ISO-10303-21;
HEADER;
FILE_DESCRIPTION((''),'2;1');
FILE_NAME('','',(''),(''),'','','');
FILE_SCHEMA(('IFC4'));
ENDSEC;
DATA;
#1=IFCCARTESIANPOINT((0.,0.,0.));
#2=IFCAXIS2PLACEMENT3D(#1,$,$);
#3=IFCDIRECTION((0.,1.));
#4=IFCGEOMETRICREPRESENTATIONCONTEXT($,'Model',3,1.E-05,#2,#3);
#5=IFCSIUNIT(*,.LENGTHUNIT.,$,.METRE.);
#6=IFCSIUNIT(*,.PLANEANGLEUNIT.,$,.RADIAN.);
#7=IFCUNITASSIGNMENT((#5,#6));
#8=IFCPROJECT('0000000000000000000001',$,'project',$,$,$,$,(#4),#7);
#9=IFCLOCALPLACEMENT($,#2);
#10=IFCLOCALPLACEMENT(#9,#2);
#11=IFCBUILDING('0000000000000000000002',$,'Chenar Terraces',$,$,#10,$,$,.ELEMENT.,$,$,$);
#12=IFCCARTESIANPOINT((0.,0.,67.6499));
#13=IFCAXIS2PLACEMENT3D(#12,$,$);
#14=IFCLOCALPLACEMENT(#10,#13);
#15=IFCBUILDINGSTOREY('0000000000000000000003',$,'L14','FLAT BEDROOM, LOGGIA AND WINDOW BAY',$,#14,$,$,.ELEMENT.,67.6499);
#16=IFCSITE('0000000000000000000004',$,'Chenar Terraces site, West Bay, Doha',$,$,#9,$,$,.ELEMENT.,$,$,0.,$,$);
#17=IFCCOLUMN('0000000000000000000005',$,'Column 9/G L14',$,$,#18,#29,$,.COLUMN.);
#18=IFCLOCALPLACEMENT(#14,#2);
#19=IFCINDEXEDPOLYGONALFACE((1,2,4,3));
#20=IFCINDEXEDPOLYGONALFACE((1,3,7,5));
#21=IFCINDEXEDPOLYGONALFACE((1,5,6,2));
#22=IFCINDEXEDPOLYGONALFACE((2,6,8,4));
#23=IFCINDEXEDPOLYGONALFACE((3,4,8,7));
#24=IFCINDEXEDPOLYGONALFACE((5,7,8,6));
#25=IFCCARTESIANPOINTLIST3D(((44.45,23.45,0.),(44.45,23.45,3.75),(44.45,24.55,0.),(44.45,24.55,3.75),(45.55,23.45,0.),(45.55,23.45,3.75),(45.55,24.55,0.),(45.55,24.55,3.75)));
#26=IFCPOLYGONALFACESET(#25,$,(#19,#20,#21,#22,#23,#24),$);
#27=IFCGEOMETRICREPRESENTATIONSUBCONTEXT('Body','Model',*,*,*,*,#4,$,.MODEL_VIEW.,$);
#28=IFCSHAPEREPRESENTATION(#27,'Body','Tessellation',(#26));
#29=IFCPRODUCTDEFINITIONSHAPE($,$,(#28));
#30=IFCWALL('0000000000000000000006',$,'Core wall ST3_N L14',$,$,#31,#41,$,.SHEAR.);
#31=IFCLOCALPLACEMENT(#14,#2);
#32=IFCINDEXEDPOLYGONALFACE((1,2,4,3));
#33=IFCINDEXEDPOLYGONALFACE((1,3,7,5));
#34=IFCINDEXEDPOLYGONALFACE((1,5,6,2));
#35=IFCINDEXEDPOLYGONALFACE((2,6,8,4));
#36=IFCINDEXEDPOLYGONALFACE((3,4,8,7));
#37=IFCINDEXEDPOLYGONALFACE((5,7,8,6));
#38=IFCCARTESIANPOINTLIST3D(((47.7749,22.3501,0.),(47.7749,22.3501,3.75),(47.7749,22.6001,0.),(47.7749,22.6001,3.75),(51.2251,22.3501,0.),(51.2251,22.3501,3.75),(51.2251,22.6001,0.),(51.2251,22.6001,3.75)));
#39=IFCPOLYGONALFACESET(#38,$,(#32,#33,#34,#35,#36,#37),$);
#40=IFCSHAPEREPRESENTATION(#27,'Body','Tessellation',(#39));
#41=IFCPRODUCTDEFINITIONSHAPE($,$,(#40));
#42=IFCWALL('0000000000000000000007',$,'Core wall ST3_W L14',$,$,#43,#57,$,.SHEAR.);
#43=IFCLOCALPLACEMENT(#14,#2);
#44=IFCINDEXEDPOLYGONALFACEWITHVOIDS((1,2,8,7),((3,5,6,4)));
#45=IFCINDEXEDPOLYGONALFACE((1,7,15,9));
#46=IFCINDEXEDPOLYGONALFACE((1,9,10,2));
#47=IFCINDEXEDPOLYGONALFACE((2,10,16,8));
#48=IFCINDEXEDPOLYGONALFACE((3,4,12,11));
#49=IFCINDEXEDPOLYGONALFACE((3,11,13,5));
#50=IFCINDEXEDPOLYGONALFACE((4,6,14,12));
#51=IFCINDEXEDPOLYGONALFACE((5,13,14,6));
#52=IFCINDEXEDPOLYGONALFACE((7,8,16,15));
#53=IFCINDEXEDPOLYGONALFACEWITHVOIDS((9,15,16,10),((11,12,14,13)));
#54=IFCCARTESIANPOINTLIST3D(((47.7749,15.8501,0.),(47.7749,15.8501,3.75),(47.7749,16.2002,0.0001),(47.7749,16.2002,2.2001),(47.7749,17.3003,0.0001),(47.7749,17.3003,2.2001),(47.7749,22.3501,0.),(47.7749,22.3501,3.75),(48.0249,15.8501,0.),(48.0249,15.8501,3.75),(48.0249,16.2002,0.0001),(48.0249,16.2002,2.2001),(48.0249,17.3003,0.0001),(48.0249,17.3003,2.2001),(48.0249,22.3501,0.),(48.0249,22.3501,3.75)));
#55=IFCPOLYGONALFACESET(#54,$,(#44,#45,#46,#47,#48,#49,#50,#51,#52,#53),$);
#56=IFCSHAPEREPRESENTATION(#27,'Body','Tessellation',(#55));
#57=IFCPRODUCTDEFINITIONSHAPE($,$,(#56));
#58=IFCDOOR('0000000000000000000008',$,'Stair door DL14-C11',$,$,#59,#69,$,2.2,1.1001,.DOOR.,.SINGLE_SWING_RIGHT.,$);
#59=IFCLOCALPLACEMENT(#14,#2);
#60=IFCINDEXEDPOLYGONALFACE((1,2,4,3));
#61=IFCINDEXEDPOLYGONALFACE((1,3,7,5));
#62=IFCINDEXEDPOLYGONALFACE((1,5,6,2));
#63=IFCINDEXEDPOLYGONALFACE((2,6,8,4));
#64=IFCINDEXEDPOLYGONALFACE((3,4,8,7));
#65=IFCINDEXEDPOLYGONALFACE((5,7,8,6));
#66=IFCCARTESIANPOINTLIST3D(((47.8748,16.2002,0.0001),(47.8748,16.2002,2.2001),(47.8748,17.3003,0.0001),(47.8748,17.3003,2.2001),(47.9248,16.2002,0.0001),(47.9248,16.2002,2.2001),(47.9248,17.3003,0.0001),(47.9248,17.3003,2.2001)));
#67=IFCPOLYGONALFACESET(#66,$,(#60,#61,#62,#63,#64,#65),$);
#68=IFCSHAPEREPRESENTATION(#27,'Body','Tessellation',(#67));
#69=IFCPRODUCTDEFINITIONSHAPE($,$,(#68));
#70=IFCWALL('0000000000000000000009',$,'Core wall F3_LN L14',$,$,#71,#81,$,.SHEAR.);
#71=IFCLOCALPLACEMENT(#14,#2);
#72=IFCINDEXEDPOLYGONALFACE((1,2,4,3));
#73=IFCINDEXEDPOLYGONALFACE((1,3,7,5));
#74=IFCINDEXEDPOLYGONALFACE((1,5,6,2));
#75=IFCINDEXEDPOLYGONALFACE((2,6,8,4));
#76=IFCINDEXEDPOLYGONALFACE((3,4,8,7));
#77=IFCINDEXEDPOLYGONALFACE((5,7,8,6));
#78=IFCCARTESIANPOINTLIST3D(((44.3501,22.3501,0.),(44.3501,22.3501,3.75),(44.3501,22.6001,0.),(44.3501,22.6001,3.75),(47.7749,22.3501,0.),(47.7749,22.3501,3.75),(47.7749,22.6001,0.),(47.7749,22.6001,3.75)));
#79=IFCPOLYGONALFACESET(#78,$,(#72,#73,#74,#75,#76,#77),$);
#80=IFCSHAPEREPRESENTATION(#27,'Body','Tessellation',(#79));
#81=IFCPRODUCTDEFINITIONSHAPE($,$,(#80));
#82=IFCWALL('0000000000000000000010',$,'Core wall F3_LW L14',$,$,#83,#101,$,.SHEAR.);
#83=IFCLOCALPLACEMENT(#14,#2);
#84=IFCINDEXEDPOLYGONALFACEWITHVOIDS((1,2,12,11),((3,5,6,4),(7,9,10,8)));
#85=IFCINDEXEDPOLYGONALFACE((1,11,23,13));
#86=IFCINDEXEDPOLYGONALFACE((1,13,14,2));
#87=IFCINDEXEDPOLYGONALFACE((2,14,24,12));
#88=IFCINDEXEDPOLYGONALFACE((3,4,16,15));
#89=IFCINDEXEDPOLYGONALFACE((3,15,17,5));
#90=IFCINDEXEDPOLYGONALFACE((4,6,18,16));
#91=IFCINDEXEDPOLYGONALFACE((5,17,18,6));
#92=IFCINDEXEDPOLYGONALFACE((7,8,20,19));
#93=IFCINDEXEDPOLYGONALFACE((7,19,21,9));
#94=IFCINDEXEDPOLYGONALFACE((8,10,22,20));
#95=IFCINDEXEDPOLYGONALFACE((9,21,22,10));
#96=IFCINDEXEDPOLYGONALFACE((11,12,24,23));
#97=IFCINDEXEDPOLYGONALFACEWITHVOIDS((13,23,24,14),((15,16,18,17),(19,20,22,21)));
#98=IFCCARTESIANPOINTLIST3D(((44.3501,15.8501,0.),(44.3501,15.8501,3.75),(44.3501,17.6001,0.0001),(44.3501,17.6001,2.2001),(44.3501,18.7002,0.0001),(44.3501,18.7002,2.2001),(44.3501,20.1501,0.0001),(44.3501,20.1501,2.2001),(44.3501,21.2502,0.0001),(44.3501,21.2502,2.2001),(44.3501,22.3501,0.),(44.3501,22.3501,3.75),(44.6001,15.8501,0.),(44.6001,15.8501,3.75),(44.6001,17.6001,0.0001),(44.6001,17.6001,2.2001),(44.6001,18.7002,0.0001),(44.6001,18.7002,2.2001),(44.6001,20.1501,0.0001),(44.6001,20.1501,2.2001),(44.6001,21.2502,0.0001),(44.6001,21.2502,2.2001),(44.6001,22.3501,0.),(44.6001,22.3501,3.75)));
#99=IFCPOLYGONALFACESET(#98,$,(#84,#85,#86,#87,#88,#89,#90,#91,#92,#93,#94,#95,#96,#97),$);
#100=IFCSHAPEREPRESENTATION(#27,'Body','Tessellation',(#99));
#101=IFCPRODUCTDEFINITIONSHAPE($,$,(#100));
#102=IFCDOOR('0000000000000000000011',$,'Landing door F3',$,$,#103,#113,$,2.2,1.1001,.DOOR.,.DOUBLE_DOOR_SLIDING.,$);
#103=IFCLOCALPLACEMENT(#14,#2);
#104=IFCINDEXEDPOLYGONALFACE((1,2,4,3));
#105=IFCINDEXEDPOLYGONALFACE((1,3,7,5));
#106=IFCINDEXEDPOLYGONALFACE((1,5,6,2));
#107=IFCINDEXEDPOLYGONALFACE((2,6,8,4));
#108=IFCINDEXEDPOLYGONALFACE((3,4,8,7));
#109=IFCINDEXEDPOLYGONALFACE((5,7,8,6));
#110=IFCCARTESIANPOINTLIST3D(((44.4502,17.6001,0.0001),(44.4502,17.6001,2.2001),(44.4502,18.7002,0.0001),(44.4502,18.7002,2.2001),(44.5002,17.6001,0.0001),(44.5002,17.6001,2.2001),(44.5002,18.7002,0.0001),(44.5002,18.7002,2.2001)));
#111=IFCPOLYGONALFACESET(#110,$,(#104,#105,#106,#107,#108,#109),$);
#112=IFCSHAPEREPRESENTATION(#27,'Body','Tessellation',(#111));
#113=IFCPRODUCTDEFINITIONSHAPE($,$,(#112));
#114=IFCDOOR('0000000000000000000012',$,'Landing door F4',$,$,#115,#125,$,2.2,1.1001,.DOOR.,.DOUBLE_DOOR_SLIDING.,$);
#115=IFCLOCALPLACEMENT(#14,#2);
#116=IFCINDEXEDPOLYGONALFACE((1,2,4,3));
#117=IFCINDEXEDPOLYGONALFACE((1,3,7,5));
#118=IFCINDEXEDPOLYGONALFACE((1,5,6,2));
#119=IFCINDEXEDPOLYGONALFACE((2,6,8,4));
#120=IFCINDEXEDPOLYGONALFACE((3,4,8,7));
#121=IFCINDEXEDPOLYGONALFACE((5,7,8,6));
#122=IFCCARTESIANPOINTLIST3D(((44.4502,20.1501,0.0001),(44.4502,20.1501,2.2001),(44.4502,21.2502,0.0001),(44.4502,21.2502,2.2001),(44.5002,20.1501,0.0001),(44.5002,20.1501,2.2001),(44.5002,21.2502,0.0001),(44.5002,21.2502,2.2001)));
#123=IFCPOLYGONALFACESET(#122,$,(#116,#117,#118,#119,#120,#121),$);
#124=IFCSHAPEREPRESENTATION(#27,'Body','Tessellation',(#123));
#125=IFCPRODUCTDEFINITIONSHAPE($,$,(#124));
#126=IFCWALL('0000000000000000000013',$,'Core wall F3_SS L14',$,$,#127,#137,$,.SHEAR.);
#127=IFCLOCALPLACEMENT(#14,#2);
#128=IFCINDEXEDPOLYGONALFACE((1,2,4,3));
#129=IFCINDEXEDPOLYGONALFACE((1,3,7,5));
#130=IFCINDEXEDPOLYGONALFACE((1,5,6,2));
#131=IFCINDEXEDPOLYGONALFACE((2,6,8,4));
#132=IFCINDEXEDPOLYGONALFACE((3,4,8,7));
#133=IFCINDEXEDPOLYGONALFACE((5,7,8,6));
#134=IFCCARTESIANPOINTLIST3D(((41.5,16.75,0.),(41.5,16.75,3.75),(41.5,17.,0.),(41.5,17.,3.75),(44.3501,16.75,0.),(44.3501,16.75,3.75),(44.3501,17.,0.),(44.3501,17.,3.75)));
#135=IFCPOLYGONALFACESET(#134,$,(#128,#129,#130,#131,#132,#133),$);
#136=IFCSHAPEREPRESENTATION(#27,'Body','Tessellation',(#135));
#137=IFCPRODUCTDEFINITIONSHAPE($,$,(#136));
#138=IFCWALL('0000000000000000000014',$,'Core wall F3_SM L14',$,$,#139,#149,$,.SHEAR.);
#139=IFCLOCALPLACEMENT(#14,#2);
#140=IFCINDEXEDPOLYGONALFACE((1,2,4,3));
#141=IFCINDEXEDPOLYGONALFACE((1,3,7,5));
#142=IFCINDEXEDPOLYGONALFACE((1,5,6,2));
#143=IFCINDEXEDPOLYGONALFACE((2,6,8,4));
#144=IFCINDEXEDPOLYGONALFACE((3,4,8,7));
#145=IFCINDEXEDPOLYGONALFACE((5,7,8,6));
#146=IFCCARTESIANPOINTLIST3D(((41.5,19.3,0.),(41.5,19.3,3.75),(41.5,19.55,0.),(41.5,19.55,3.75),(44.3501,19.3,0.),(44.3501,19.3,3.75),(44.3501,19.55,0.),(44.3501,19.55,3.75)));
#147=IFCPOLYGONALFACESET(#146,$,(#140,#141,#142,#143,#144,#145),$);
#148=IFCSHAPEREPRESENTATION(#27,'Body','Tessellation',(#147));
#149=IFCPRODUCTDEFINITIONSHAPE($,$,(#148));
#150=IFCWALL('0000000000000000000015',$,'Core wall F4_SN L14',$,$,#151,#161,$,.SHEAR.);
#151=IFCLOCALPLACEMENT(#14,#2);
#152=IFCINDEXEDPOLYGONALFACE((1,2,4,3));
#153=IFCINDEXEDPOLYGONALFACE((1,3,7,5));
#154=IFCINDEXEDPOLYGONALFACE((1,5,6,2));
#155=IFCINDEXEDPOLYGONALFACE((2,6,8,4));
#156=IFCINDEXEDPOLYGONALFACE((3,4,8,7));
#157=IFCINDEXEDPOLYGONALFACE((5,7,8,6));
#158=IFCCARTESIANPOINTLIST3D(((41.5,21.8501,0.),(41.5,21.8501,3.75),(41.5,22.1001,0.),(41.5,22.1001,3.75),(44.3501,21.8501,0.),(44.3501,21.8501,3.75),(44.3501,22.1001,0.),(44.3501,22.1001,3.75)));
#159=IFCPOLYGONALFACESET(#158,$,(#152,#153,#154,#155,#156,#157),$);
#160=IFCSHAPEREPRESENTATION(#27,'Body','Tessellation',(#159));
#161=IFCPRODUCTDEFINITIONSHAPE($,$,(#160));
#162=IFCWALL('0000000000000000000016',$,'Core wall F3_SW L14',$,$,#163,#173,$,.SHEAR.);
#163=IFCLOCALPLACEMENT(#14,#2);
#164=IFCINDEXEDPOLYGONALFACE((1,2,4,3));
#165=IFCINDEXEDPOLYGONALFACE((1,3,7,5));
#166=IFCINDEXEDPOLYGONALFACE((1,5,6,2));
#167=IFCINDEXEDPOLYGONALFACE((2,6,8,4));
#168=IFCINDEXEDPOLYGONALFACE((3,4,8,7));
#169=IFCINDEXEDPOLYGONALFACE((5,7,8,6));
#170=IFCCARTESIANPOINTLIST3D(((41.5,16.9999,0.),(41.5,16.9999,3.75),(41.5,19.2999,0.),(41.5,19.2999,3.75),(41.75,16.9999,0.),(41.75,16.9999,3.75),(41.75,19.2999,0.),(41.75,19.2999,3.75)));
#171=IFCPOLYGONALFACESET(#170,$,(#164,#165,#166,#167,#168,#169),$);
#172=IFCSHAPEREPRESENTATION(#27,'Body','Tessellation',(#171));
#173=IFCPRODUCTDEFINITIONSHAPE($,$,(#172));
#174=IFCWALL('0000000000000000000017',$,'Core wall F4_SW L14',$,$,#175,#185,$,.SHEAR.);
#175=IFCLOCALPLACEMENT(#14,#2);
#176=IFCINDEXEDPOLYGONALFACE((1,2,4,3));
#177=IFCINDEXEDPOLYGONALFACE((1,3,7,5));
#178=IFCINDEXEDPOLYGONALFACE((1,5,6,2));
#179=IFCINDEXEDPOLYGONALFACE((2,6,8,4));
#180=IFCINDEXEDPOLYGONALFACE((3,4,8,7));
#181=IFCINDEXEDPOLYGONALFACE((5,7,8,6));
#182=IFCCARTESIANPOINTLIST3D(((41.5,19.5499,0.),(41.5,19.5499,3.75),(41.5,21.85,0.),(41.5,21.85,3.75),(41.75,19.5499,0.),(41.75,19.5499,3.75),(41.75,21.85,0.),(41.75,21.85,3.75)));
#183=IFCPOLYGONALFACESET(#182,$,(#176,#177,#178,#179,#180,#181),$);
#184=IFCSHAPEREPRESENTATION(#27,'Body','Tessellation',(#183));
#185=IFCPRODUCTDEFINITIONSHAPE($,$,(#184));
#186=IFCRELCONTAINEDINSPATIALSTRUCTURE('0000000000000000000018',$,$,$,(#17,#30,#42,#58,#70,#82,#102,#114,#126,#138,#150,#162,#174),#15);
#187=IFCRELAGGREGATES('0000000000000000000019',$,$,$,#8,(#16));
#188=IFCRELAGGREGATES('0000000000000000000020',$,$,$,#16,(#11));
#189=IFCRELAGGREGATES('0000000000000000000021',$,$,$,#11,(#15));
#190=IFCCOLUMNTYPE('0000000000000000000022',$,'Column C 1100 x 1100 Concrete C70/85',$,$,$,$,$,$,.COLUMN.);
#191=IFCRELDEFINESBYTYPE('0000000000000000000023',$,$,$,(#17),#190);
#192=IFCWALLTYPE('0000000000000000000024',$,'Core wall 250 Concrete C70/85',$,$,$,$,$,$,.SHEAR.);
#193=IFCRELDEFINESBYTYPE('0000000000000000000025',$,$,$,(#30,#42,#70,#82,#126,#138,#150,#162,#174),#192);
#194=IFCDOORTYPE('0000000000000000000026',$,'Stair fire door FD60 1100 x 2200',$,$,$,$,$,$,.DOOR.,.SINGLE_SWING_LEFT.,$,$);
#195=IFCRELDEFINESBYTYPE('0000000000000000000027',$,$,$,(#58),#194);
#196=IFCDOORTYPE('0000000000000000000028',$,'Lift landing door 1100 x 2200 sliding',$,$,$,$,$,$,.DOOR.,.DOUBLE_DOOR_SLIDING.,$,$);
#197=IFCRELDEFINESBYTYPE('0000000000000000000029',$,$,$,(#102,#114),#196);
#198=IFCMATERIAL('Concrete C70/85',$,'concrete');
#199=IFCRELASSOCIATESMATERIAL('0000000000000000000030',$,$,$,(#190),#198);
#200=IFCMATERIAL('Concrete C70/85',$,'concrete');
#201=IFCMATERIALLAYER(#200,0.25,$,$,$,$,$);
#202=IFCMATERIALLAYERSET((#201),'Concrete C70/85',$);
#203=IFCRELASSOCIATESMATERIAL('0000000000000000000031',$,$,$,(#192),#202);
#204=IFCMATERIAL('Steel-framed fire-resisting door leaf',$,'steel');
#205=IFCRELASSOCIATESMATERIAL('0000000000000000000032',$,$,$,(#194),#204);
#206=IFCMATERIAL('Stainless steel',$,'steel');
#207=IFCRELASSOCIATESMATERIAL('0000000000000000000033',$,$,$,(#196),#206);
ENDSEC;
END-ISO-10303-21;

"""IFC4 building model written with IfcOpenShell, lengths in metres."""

from ifc_helpers import new_model, si_unit, direction, frame, frame_2d, origin, origin_2d, place, context, subcontext, project, spatial, rectangle, extrude, material, layer, layer_set, material_profile, profile_set, type_object, element, fill, save


model = new_model("IFC4")

# Units and contexts
model_context = context("Model", 3, precision=1e-05, world=origin(), true_north=direction((0.0, 1.0)))
body_context = subcontext(model_context, "Body", "Model", "MODEL_VIEW")
ifc_project = project(units=[si_unit("LENGTHUNIT", "METRE"), si_unit("PLANEANGLEUNIT", "RADIAN")], contexts=[model_context])

# Site, building, storey
site_placement = place(None, origin())
site = spatial("IfcSite", under=ifc_project, at=site_placement, Name="Chenar Terraces site, West Bay, Doha", CompositionType="ELEMENT", RefElevation=0.0)
building_placement = place(site_placement, origin())
building = spatial("IfcBuilding", under=site, at=building_placement, Name="Chenar Terraces", CompositionType="ELEMENT")
storey_placement = place(building_placement, frame((0.0, 0.0, 67.6499)))
storey = spatial("IfcBuildingStorey", under=building, at=storey_placement, Name="L14", Description="FLAT BEDROOM, LOGGIA AND WINDOW BAY", CompositionType="ELEMENT", Elevation=67.6499)

# Column
ifc_material_1 = material(Name="Concrete C70/85", Category="concrete")
ifc_material_profile = material_profile(ifc_material_1, rectangle(XDim=1.1001, YDim=1.1001, at=origin_2d()), Name="C 1100 x 1100")
ifc_profile_set = profile_set([ifc_material_profile], Name="Concrete C70/85")
column_type = type_object("IfcColumnType", Name="Column C 1100 x 1100 Concrete C70/85", PredefinedType="COLUMN", material=ifc_profile_set)
column_placement = place(storey_placement, frame((45.0, 24.0, 0.0), z_axis=(0.0, 0.0, 1.0), x_axis=(1.0, 0.0, 0.0)))
element("IfcColumn", 1, at=column_placement, inside=storey, type_object=column_type, Name="Column 9/G L14", PredefinedType="COLUMN", context=body_context, shape_type="SweptSolid", body=[
    extrude(rectangle(XDim=1.1001, YDim=1.1001, at=origin_2d()), origin(), (0.0, 0.0, 1.0), 3.75),
])

# Wall
ifc_material_2 = material(Name="Concrete C70/85", Category="concrete")
ifc_layer_1 = layer(ifc_material_2, 0.25)
ifc_layer_set_1 = layer_set([ifc_layer_1], Name="Concrete C70/85")
wall_type_1 = type_object("IfcWallType", Name="Core wall 250 Concrete C70/85", PredefinedType="SHEAR", material=ifc_layer_set_1)
wall_1_placement = place(storey_placement, frame((47.7749, 22.4751, 0.0), z_axis=(0.0, 0.0, 1.0), x_axis=(1.0, 0.0, 0.0)))
element("IfcWall", 2, at=wall_1_placement, inside=storey, type_object=wall_type_1, Name="Core wall ST3_N L14", PredefinedType="SHEAR", context=body_context, shape_type="SweptSolid", body=[
    extrude(rectangle(XDim=3.4502, YDim=0.25, at=frame_2d((1.7251, 0.0))), origin(), (0.0, 0.0, 1.0), 3.75),
])

# Wall, opening, door
wall_2_placement = place(storey_placement, frame((47.8999, 15.8501, 0.0), z_axis=(0.0, 0.0, 1.0), x_axis=(0.0, 1.0, 0.0)))
wall_2 = element("IfcWall", 3, at=wall_2_placement, inside=storey, type_object=wall_type_1, Name="Core wall ST3_W L14", PredefinedType="SHEAR", context=body_context, shape_type="SweptSolid", body=[
    extrude(rectangle(XDim=6.5, YDim=0.25, at=frame_2d((3.25, 0.0))), origin(), (0.0, 0.0, 1.0), 3.75),
])
opening_1_placement = place(wall_2_placement, frame((0.3501, 0.0, 0.0)))
opening_1 = element("IfcOpeningElement", 4, at=opening_1_placement, cuts=wall_2, PredefinedType="OPENING", context=body_context, shape_type="SweptSolid", body=[
    extrude(rectangle(XDim=1.1001, YDim=2.2, at=frame_2d((0.55, 1.1001))), frame((0.0, 0.135, 0.0), z_axis=(0.0, -1.0, 0.0), x_axis=(1.0, 0.0, 0.0)), (0.0, 0.0, 1.0), 0.27),
])
ifc_material_3 = material(Name="Steel-framed fire-resisting door leaf", Category="steel")
door_type_1 = type_object("IfcDoorType", Name="Stair fire door FD60 1100 x 2200", OperationType="SINGLE_SWING_LEFT", PredefinedType="DOOR", material=ifc_material_3)
door_1_placement = place(opening_1_placement, frame((1.1001, 0.0, 0.0), z_axis=(0.0, 0.0, 1.0), x_axis=(-1.0, 0.0, 0.0)))
door_1 = element("IfcDoor", 5, at=door_1_placement, inside=storey, type_object=door_type_1, Name="Stair door DL14-C11", OperationType="SINGLE_SWING_RIGHT", OverallHeight=2.2, OverallWidth=1.1001, PredefinedType="DOOR", context=body_context, shape_type="SweptSolid", body=[
    extrude(rectangle(XDim=1.1001, YDim=2.2, at=frame_2d((0.55, 1.1001))), frame((0.0, 0.0249, 0.0), z_axis=(0.0, -1.0, 0.0), x_axis=(1.0, 0.0, 0.0)), (0.0, 0.0, 1.0), 0.05),
])
fill(opening_1, door_1)

# Wall
wall_3_placement = place(storey_placement, frame((44.3501, 22.4751, 0.0), z_axis=(0.0, 0.0, 1.0), x_axis=(1.0, 0.0, 0.0)))
element("IfcWall", 6, at=wall_3_placement, inside=storey, type_object=wall_type_1, Name="Core wall F3_LN L14", PredefinedType="SHEAR", context=body_context, shape_type="SweptSolid", body=[
    extrude(rectangle(XDim=3.4248, YDim=0.25, at=frame_2d((1.7124, 0.0))), origin(), (0.0, 0.0, 1.0), 3.75),
])

# Wall, openings, doors
wall_4_placement = place(storey_placement, frame((44.4751, 15.8501, 0.0), z_axis=(0.0, 0.0, 1.0), x_axis=(0.0, 1.0, 0.0)))
wall_4 = element("IfcWall", 7, at=wall_4_placement, inside=storey, type_object=wall_type_1, Name="Core wall F3_LW L14", PredefinedType="SHEAR", context=body_context, shape_type="SweptSolid", body=[
    extrude(rectangle(XDim=6.5, YDim=0.25, at=frame_2d((3.25, 0.0))), origin(), (0.0, 0.0, 1.0), 3.75),
])
opening_2_placement = place(wall_4_placement, frame((1.75, 0.0, 0.0)))
opening_2 = element("IfcOpeningElement", 8, at=opening_2_placement, cuts=wall_4, PredefinedType="OPENING", context=body_context, shape_type="SweptSolid", body=[
    extrude(rectangle(XDim=1.1001, YDim=2.2, at=frame_2d((0.55, 1.1001))), frame((0.0, 0.135, 0.0), z_axis=(0.0, -1.0, 0.0), x_axis=(1.0, 0.0, 0.0)), (0.0, 0.0, 1.0), 0.27),
])
opening_3_placement = place(wall_4_placement, frame((4.3, 0.0, 0.0)))
opening_3 = element("IfcOpeningElement", 9, at=opening_3_placement, cuts=wall_4, PredefinedType="OPENING", context=body_context, shape_type="SweptSolid", body=[
    extrude(rectangle(XDim=1.1001, YDim=2.2, at=frame_2d((0.55, 1.1001))), frame((0.0, 0.135, 0.0), z_axis=(0.0, -1.0, 0.0), x_axis=(1.0, 0.0, 0.0)), (0.0, 0.0, 1.0), 0.27),
])
ifc_material_4 = material(Name="Stainless steel", Category="steel")
door_type_2 = type_object("IfcDoorType", Name="Lift landing door 1100 x 2200 sliding", OperationType="DOUBLE_DOOR_SLIDING", PredefinedType="DOOR", material=ifc_material_4)
door_2_placement = place(opening_2_placement, origin())
door_2 = element("IfcDoor", 10, at=door_2_placement, inside=storey, type_object=door_type_2, Name="Landing door F3", OperationType="DOUBLE_DOOR_SLIDING", OverallHeight=2.2, OverallWidth=1.1001, PredefinedType="DOOR", context=body_context, shape_type="SweptSolid", body=[
    extrude(rectangle(XDim=1.1001, YDim=2.2, at=frame_2d((0.55, 1.1001))), frame((0.0, 0.0249, 0.0), z_axis=(0.0, -1.0, 0.0), x_axis=(1.0, 0.0, 0.0)), (0.0, 0.0, 1.0), 0.05),
])
fill(opening_2, door_2)
door_3_placement = place(opening_3_placement, origin())
door_3 = element("IfcDoor", 11, at=door_3_placement, inside=storey, type_object=door_type_2, Name="Landing door F4", OperationType="DOUBLE_DOOR_SLIDING", OverallHeight=2.2, OverallWidth=1.1001, PredefinedType="DOOR", context=body_context, shape_type="SweptSolid", body=[
    extrude(rectangle(XDim=1.1001, YDim=2.2, at=frame_2d((0.55, 1.1001))), frame((0.0, 0.0249, 0.0), z_axis=(0.0, -1.0, 0.0), x_axis=(1.0, 0.0, 0.0)), (0.0, 0.0, 1.0), 0.05),
])
fill(opening_3, door_3)

# Walls
for number, where, z_axis, x_axis, name in (
    (12, (41.5, 16.875, 0.0), (0.0, 0.0, 1.0), (1.0, 0.0, 0.0), "Core wall F3_SS L14"),
    (13, (41.5, 19.425, 0.0), (0.0, 0.0, 1.0), (1.0, 0.0, 0.0), "Core wall F3_SM L14"),
    (14, (41.5, 21.9751, 0.0), (0.0, 0.0, 1.0), (1.0, 0.0, 0.0), "Core wall F4_SN L14"),
):
    element("IfcWall", number, at=place(storey_placement, frame(where, z_axis=z_axis, x_axis=x_axis)), inside=storey, type_object=wall_type_1, Name=name, PredefinedType="SHEAR", context=body_context, shape_type="SweptSolid", body=[
        extrude(rectangle(XDim=2.8501, YDim=0.25, at=frame_2d((1.425, 0.0))), origin(), (0.0, 0.0, 1.0), 3.75),
    ])
for number, where, z_axis, x_axis, name in (
    (15, (41.625, 17.0, 0.0), (0.0, 0.0, 1.0), (0.0, 1.0, 0.0), "Core wall F3_SW L14"),
    (16, (41.625, 19.55, 0.0), (0.0, 0.0, 1.0), (0.0, 1.0, 0.0), "Core wall F4_SW L14"),
):
    element("IfcWall", number, at=place(storey_placement, frame(where, z_axis=z_axis, x_axis=x_axis)), inside=storey, type_object=wall_type_1, Name=name, PredefinedType="SHEAR", context=body_context, shape_type="SweptSolid", body=[
        extrude(rectangle(XDim=2.3, YDim=0.25, at=frame_2d((1.1499, 0.0))), origin(), (0.0, 0.0, 1.0), 3.75),
    ])

save(model, "model.ifc")
